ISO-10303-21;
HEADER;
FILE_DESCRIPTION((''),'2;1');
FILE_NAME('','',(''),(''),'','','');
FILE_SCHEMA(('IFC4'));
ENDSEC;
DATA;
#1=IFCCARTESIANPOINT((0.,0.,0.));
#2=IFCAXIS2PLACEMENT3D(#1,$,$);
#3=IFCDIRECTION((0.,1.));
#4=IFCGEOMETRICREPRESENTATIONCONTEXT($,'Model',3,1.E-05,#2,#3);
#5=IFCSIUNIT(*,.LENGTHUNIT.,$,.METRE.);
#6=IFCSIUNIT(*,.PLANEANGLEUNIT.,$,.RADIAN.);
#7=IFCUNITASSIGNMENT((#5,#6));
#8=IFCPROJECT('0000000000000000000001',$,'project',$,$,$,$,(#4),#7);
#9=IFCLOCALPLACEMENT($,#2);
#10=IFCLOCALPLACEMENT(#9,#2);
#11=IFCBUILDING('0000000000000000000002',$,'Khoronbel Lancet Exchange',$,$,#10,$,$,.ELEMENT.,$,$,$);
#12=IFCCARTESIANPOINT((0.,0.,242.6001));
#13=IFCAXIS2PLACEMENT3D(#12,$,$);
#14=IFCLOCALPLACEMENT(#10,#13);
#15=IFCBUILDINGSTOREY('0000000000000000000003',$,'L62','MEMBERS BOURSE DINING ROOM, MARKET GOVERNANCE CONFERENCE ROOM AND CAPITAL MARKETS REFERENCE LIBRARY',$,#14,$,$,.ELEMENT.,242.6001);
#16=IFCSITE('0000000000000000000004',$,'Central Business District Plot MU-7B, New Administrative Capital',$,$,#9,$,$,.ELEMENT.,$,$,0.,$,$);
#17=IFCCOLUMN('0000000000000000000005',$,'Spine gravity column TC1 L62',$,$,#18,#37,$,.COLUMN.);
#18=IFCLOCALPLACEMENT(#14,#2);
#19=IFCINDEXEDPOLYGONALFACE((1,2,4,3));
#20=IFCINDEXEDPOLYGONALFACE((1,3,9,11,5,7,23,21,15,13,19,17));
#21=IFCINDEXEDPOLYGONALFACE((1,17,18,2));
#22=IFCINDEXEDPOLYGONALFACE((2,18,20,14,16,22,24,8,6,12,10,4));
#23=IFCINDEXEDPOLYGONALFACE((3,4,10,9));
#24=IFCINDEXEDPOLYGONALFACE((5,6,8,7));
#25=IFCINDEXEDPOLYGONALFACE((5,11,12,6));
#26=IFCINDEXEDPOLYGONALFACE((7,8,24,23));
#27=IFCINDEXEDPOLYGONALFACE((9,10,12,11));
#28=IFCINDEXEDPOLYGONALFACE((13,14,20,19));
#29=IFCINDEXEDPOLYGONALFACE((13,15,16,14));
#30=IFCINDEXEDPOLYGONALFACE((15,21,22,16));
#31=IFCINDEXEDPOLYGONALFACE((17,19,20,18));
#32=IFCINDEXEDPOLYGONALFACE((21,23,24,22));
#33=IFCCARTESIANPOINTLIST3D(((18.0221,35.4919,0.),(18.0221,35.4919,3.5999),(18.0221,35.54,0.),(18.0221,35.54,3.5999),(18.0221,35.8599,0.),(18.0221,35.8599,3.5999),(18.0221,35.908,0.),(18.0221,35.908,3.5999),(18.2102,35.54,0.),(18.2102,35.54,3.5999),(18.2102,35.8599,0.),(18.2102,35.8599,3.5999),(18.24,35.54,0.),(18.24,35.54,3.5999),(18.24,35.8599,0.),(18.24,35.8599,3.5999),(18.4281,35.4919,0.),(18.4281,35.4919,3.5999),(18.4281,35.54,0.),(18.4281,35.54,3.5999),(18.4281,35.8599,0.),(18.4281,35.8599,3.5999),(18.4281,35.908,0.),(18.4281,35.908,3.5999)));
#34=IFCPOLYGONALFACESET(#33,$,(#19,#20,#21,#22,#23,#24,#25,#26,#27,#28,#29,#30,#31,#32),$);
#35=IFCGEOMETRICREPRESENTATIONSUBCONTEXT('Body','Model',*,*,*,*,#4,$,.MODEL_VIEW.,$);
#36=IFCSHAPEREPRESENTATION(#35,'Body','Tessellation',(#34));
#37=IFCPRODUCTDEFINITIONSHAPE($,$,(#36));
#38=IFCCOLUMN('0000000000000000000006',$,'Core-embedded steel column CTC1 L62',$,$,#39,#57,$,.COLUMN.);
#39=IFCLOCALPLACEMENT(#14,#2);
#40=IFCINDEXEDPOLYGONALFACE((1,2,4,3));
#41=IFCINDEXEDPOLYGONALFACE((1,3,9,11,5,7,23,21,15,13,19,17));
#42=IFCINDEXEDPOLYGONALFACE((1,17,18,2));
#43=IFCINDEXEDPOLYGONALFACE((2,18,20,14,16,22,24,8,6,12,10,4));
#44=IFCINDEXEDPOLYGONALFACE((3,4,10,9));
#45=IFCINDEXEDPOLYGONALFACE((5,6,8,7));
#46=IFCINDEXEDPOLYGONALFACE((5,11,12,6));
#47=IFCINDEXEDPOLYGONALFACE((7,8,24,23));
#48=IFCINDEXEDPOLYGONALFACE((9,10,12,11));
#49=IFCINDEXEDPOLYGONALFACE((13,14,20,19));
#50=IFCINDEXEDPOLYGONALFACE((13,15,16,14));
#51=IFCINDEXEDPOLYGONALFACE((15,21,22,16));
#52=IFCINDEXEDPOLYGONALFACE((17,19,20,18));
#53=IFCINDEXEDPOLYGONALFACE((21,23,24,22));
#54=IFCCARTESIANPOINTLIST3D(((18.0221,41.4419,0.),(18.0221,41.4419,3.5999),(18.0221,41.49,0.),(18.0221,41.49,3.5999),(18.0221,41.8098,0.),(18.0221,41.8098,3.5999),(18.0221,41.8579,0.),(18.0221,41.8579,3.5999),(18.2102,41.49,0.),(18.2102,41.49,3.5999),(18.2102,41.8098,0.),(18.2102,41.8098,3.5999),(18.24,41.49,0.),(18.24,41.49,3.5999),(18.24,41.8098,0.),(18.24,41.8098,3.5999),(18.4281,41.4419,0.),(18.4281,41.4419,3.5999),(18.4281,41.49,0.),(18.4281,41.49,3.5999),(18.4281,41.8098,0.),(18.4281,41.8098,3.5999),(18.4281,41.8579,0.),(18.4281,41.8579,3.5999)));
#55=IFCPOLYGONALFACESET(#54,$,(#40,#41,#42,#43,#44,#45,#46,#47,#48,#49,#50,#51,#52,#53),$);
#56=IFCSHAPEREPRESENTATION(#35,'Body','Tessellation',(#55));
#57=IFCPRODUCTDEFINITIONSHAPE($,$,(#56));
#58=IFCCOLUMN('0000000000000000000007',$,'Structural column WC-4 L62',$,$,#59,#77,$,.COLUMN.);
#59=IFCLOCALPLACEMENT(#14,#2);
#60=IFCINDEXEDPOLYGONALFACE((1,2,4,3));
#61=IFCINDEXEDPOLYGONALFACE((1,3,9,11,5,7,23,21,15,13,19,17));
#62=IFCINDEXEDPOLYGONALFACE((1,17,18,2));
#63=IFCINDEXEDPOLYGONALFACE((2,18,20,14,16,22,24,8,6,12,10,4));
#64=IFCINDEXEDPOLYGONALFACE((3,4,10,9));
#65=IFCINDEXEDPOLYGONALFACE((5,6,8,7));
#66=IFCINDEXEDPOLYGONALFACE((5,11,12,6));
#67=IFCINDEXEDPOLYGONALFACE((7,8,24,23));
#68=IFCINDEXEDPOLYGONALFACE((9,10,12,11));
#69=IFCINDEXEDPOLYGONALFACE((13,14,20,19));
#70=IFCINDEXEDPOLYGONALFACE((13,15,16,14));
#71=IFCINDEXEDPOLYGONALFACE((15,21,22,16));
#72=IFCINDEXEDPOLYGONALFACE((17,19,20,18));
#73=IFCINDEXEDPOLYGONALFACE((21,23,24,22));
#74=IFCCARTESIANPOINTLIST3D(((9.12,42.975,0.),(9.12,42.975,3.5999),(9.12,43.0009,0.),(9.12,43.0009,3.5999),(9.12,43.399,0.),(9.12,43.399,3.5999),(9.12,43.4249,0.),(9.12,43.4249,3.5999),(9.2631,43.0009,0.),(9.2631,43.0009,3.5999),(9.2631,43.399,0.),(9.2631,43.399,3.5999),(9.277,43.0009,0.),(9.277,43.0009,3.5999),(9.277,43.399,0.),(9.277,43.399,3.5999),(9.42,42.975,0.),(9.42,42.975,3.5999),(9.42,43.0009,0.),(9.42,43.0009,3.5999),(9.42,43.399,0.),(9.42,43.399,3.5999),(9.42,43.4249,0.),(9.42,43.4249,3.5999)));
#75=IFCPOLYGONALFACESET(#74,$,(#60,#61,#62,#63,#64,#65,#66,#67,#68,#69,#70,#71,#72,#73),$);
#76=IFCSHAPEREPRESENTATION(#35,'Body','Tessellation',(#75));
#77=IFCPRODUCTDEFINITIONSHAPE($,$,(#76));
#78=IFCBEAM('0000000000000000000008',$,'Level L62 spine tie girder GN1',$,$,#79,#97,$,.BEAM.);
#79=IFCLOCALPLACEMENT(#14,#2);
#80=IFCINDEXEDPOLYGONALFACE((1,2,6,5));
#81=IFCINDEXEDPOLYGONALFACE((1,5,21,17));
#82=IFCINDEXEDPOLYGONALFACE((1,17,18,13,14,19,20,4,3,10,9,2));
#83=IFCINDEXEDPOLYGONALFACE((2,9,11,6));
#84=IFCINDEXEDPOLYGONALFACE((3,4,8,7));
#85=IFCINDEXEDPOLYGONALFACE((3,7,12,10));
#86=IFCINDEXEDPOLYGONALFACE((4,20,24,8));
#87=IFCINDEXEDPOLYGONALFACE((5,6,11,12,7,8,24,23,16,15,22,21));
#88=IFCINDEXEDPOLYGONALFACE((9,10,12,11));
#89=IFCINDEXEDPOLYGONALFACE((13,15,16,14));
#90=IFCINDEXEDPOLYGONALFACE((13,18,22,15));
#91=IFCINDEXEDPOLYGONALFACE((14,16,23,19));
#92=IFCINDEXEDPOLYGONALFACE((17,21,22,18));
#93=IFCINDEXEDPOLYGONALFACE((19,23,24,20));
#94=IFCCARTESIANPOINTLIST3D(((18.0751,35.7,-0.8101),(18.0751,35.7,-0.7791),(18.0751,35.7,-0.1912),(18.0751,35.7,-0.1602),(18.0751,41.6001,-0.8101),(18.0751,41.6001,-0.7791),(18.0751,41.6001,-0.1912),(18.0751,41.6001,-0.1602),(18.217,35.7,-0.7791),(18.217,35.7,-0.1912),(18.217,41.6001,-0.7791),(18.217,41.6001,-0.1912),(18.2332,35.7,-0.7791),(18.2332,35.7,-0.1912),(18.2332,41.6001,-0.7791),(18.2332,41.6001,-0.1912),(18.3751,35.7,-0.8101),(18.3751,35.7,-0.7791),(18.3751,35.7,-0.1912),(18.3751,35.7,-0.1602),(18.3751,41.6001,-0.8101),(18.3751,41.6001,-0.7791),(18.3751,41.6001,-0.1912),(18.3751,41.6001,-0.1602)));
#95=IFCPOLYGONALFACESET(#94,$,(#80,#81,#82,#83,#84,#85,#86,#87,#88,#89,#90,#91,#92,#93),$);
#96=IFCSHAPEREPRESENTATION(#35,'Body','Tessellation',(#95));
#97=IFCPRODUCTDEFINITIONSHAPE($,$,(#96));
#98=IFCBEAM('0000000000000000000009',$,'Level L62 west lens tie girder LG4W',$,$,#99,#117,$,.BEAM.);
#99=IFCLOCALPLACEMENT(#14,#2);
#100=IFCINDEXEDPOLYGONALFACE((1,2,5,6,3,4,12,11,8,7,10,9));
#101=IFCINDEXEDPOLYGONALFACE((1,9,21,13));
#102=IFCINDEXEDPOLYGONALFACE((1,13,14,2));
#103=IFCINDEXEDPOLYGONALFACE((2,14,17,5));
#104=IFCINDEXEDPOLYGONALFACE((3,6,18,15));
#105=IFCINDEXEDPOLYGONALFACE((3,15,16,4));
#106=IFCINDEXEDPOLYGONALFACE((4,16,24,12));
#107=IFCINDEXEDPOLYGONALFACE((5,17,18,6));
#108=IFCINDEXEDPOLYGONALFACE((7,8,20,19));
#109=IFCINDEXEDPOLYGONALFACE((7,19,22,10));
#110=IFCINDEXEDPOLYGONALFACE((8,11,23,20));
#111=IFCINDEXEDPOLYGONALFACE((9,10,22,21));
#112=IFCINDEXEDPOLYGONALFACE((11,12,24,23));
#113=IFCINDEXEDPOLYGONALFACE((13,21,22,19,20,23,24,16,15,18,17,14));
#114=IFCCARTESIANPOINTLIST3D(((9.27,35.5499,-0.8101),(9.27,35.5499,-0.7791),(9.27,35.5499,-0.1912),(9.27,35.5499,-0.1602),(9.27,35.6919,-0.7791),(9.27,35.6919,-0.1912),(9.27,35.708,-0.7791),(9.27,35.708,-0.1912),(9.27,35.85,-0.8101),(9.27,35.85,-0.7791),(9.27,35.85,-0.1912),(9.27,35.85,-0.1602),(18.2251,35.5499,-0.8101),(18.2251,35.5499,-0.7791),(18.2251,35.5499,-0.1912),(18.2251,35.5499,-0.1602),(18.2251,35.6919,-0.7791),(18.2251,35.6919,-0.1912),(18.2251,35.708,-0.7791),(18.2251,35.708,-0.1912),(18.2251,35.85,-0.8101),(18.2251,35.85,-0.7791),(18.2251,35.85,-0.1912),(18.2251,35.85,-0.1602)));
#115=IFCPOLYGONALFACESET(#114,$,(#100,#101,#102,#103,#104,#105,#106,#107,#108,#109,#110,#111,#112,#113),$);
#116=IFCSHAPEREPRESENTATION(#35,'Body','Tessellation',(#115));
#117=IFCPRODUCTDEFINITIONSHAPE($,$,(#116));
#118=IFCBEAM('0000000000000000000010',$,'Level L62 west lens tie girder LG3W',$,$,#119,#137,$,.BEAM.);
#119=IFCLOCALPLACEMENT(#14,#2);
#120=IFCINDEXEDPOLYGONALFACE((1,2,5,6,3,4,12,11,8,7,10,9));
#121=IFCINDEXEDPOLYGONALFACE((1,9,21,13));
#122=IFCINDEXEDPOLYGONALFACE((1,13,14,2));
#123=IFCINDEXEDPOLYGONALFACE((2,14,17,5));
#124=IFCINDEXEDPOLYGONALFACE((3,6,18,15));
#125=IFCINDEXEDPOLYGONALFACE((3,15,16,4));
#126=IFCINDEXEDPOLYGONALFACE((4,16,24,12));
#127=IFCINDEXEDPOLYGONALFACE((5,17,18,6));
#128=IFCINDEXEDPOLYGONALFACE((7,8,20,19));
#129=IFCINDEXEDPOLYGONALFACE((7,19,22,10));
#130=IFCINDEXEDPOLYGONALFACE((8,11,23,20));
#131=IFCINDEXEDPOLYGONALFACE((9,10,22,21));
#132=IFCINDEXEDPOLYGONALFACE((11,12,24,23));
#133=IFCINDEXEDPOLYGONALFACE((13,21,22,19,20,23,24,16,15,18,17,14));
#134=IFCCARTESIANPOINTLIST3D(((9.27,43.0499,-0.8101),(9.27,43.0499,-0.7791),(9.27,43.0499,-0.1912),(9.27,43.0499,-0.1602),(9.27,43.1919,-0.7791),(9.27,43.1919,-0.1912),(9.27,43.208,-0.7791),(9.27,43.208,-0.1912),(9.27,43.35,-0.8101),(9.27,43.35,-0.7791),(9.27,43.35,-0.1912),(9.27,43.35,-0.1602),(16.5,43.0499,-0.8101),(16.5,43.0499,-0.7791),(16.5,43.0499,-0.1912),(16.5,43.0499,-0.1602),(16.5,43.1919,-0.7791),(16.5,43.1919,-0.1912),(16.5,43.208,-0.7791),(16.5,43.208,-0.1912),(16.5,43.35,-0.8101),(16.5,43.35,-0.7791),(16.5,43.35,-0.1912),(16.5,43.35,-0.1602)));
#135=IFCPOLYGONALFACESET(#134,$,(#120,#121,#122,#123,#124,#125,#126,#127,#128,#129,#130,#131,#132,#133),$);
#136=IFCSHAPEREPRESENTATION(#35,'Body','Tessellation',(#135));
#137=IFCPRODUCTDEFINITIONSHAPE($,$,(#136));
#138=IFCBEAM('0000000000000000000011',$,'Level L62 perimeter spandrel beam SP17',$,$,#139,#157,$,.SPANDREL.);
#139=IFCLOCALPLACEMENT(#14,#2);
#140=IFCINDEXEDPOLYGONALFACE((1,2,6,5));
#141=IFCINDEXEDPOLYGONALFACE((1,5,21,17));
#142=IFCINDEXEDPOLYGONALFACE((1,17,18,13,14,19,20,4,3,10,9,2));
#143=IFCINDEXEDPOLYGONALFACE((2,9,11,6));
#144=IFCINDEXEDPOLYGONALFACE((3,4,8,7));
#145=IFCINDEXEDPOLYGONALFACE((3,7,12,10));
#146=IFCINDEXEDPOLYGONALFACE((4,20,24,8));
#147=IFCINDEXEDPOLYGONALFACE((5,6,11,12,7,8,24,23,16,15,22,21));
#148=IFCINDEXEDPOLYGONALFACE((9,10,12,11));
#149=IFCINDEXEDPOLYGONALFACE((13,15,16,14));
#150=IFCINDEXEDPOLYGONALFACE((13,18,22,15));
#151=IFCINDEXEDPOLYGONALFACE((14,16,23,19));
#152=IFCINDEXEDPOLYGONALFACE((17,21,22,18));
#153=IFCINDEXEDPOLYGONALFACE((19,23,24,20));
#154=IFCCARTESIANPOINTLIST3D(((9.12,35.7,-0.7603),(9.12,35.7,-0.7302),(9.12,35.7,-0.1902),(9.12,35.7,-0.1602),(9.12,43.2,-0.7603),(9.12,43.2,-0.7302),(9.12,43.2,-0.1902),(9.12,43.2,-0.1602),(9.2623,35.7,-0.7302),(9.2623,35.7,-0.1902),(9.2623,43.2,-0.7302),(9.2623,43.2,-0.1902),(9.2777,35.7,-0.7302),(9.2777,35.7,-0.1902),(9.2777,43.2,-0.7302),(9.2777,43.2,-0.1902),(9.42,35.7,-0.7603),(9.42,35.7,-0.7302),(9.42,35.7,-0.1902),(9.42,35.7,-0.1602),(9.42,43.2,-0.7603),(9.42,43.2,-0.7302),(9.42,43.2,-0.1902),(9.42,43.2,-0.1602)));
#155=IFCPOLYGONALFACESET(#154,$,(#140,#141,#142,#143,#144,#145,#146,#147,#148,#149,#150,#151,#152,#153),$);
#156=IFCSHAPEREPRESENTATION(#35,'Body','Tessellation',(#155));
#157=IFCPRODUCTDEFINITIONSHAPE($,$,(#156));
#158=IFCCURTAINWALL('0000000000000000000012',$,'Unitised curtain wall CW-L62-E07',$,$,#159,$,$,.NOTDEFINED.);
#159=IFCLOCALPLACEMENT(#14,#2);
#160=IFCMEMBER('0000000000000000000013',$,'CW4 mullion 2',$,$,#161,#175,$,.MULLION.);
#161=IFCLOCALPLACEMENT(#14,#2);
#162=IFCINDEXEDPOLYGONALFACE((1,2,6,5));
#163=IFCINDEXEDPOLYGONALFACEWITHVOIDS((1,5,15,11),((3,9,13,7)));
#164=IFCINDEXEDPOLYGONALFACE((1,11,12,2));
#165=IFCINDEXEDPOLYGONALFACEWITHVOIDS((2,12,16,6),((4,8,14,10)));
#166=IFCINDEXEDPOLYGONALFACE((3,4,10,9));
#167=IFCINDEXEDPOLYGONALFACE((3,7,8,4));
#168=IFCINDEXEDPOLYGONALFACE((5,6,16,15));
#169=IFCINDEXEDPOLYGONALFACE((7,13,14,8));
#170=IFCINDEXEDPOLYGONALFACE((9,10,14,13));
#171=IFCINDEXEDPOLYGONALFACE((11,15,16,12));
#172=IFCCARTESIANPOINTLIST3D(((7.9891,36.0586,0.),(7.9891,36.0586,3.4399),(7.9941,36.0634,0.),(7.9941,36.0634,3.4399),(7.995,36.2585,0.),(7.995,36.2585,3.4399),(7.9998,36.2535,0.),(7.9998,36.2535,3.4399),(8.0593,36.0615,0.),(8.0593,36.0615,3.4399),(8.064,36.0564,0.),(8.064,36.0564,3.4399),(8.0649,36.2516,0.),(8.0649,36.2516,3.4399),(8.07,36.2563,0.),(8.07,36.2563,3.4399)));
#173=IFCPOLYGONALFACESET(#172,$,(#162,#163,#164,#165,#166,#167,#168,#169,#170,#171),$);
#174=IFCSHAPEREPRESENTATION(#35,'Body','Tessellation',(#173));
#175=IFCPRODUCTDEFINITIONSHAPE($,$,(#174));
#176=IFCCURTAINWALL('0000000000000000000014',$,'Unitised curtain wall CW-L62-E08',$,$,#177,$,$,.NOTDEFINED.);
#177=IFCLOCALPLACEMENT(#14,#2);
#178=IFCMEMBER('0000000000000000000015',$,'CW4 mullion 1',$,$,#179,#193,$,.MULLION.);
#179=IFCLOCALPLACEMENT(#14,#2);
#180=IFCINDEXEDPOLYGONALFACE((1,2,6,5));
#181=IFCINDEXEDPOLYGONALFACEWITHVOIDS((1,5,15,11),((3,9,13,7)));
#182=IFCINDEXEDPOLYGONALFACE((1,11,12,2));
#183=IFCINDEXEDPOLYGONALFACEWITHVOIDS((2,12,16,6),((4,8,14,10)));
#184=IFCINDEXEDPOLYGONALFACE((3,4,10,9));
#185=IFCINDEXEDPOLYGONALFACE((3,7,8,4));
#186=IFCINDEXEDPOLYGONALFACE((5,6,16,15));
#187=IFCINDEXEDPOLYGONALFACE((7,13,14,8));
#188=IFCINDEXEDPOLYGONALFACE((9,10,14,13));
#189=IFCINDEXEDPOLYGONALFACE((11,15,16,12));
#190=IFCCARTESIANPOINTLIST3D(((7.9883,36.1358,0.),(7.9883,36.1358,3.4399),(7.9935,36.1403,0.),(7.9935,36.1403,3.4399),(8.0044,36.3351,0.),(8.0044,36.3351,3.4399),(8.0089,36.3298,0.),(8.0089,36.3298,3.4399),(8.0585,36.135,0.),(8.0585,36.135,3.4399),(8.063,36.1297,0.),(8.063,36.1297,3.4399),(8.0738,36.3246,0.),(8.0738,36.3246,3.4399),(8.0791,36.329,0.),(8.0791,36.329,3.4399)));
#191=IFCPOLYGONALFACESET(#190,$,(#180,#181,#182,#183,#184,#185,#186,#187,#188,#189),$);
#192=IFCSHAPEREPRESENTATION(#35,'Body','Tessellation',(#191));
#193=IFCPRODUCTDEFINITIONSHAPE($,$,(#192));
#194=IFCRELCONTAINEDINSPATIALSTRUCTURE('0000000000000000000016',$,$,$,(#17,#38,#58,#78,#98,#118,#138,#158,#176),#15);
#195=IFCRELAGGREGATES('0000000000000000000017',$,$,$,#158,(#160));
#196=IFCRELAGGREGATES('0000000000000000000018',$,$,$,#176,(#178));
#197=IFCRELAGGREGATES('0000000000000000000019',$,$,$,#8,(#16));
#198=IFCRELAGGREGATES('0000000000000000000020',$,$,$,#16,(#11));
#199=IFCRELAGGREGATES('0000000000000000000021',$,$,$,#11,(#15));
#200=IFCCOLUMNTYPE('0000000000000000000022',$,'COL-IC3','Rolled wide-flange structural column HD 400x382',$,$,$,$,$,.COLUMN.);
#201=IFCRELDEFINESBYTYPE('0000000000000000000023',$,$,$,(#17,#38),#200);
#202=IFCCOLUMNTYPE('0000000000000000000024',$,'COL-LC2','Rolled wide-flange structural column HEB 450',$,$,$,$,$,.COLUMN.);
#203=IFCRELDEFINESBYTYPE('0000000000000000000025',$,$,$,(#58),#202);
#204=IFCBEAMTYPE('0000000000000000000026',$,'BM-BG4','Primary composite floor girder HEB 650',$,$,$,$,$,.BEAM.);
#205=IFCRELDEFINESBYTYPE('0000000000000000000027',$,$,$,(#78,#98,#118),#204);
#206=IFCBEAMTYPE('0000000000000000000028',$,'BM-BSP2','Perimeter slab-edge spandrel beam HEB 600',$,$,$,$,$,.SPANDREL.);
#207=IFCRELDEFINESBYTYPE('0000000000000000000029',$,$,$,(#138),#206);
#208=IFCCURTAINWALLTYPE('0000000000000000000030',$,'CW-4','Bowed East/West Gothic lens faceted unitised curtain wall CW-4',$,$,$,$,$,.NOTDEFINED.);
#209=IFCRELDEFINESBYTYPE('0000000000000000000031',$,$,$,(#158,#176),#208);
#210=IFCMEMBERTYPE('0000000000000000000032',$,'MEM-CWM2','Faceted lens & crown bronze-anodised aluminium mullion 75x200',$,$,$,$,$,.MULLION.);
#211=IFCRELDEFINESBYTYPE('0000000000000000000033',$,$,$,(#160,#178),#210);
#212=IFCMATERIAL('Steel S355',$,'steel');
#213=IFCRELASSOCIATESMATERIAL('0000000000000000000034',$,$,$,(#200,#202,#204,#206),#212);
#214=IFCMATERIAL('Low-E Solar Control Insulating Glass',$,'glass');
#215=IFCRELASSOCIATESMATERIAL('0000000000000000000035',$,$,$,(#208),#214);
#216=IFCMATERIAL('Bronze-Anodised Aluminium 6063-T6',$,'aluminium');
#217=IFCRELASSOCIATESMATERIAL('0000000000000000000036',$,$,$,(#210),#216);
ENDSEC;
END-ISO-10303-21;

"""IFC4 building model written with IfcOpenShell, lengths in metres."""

from ifc_helpers import new_model, si_unit, direction, frame, origin, origin_2d, place, context, subcontext, project, spatial, hollow_rectangle, i_section, extrude, material, material_profile, profile_set, type_object, element, aggregate, save


model = new_model("IFC4")

# Units and contexts
model_context = context("Model", 3, precision=1e-05, world=origin(), true_north=direction((0.0, 1.0)))
body_context = subcontext(model_context, "Body", "Model", "MODEL_VIEW")
ifc_project = project(units=[si_unit("LENGTHUNIT", "METRE"), si_unit("PLANEANGLEUNIT", "RADIAN")], contexts=[model_context])

# Site, building, storey
site_placement = place(None, origin())
site = spatial("IfcSite", under=ifc_project, at=site_placement, Name="Central Business District Plot MU-7B, New Administrative Capital", CompositionType="ELEMENT", RefElevation=0.0)
building_placement = place(site_placement, origin())
building = spatial("IfcBuilding", under=site, at=building_placement, Name="Khoronbel Lancet Exchange", CompositionType="ELEMENT")
storey_placement = place(building_placement, frame((0.0, 0.0, 242.6001)))
storey = spatial("IfcBuildingStorey", under=building, at=storey_placement, Name="L62", Description="MEMBERS BOURSE DINING ROOM, MARKET GOVERNANCE CONFERENCE ROOM AND CAPITAL MARKETS REFERENCE LIBRARY", CompositionType="ELEMENT", Elevation=242.6001)

# Columns
ifc_material_1 = material(Name="Steel S355", Category="steel")
ifc_material_profile_1 = material_profile(ifc_material_1, i_section(OverallWidth=0.406, OverallDepth=0.416, WebThickness=0.0298, FlangeThickness=0.0481, at=origin_2d()), Name="HD 400x382")
ifc_profile_set_1 = profile_set([ifc_material_profile_1], Name="Steel S355")
column_type_1 = type_object("IfcColumnType", Name="COL-IC3", Description="Rolled wide-flange structural column HD 400x382", PredefinedType="COLUMN", material=ifc_profile_set_1)
for number, where, z_axis, x_axis, name in (
    (1, (18.2251, 35.7, 0.0), (0.0, 0.0, 1.0), (1.0, 0.0, 0.0), "Spine gravity column TC1 L62"),
    (2, (18.2251, 41.6499, 0.0), (0.0, 0.0, 1.0), (1.0, 0.0, 0.0), "Core-embedded steel column CTC1 L62"),
):
    element("IfcColumn", number, at=place(storey_placement, frame(where, z_axis=z_axis, x_axis=x_axis)), inside=storey, type_object=column_type_1, Name=name, PredefinedType="COLUMN", context=body_context, shape_type="SweptSolid", body=[
        extrude(i_section(OverallWidth=0.406, OverallDepth=0.416, WebThickness=0.0298, FlangeThickness=0.0481, at=origin_2d()), origin(), (0.0, 0.0, 1.0), 3.5999),
    ])
ifc_material_profile_2 = material_profile(ifc_material_1, i_section(OverallWidth=0.3, OverallDepth=0.45, WebThickness=0.0139, FlangeThickness=0.0259, at=origin_2d()), Name="HEB 450")
ifc_profile_set_2 = profile_set([ifc_material_profile_2], Name="Steel S355")
column_type_2 = type_object("IfcColumnType", Name="COL-LC2", Description="Rolled wide-flange structural column HEB 450", PredefinedType="COLUMN", material=ifc_profile_set_2)
column_placement = place(storey_placement, frame((9.27, 43.2, 0.0), z_axis=(0.0, 0.0, 1.0), x_axis=(1.0, 0.0, 0.0)))
element("IfcColumn", 3, at=column_placement, inside=storey, type_object=column_type_2, Name="Structural column WC-4 L62", PredefinedType="COLUMN", context=body_context, shape_type="SweptSolid", body=[
    extrude(i_section(OverallWidth=0.3, OverallDepth=0.45, WebThickness=0.0139, FlangeThickness=0.0259, at=origin_2d()), origin(), (0.0, 0.0, 1.0), 3.5999),
])

# Beams
ifc_material_profile_3 = material_profile(ifc_material_1, i_section(OverallWidth=0.3, OverallDepth=0.6499, WebThickness=0.0161, FlangeThickness=0.031, at=origin_2d()), Name="HEB 650")
ifc_profile_set_3 = profile_set([ifc_material_profile_3], Name="Steel S355")
beam_type_1 = type_object("IfcBeamType", Name="BM-BG4", Description="Primary composite floor girder HEB 650", PredefinedType="BEAM", material=ifc_profile_set_3)
beam_1_placement = place(storey_placement, frame((18.2251, 35.7, -0.4851), z_axis=(0.0, 1.0, 0.0), x_axis=(-1.0, 0.0, 0.0)))
element("IfcBeam", 4, at=beam_1_placement, inside=storey, type_object=beam_type_1, Name="Level L62 spine tie girder GN1", PredefinedType="BEAM", context=body_context, shape_type="SweptSolid", body=[
    extrude(i_section(OverallWidth=0.3, OverallDepth=0.6499, WebThickness=0.0161, FlangeThickness=0.031, at=origin_2d()), origin(), (0.0, 0.0, 1.0), 5.9001),
])
beam_2_placement = place(storey_placement, frame((9.27, 35.7, -0.4851), z_axis=(1.0, 0.0, 0.0), x_axis=(0.0, 1.0, 0.0)))
element("IfcBeam", 5, at=beam_2_placement, inside=storey, type_object=beam_type_1, Name="Level L62 west lens tie girder LG4W", PredefinedType="BEAM", context=body_context, shape_type="SweptSolid", body=[
    extrude(i_section(OverallWidth=0.3, OverallDepth=0.6499, WebThickness=0.0161, FlangeThickness=0.031, at=origin_2d()), origin(), (0.0, 0.0, 1.0), 8.9551),
])
beam_3_placement = place(storey_placement, frame((9.27, 43.2, -0.4851), z_axis=(1.0, 0.0, 0.0), x_axis=(0.0, 1.0, 0.0)))
element("IfcBeam", 6, at=beam_3_placement, inside=storey, type_object=beam_type_1, Name="Level L62 west lens tie girder LG3W", PredefinedType="BEAM", context=body_context, shape_type="SweptSolid", body=[
    extrude(i_section(OverallWidth=0.3, OverallDepth=0.6499, WebThickness=0.0161, FlangeThickness=0.031, at=origin_2d()), origin(), (0.0, 0.0, 1.0), 7.23),
])
ifc_material_profile_4 = material_profile(ifc_material_1, i_section(OverallWidth=0.3, OverallDepth=0.6001, WebThickness=0.0154, FlangeThickness=0.03, at=origin_2d()), Name="HEB 600")
ifc_profile_set_4 = profile_set([ifc_material_profile_4], Name="Steel S355")
beam_type_2 = type_object("IfcBeamType", Name="BM-BSP2", Description="Perimeter slab-edge spandrel beam HEB 600", PredefinedType="SPANDREL", material=ifc_profile_set_4)
beam_4_placement = place(storey_placement, frame((9.27, 43.2, -0.4602), z_axis=(0.0, -1.0, 0.0), x_axis=(1.0, 0.0, 0.0)))
element("IfcBeam", 7, at=beam_4_placement, inside=storey, type_object=beam_type_2, Name="Level L62 perimeter spandrel beam SP17", PredefinedType="SPANDREL", context=body_context, shape_type="SweptSolid", body=[
    extrude(i_section(OverallWidth=0.3, OverallDepth=0.6001, WebThickness=0.0154, FlangeThickness=0.03, at=origin_2d()), origin(), (0.0, 0.0, 1.0), 7.5),
])

# Curtain wall, member
ifc_material_2 = material(Name="Low-E Solar Control Insulating Glass", Category="glass")
curtain_wall_type = type_object("IfcCurtainWallType", Name="CW-4", Description="Bowed East/West Gothic lens faceted unitised curtain wall CW-4", PredefinedType="NOTDEFINED", material=ifc_material_2)
curtain_wall_1_placement = place(storey_placement, origin())
curtain_wall_1 = element("IfcCurtainWall", 8, at=curtain_wall_1_placement, inside=storey, type_object=curtain_wall_type, Name="Unitised curtain wall CW-L62-E07", PredefinedType="NOTDEFINED")
ifc_material_3 = material(Name="Bronze-Anodised Aluminium 6063-T6", Category="aluminium")
ifc_material_profile_5 = material_profile(ifc_material_3, hollow_rectangle(XDim=0.075, YDim=0.2, WallThickness=0.0049, at=origin_2d()), Name="ALU MULLION 75x200")
ifc_profile_set_5 = profile_set([ifc_material_profile_5], Name="Bronze-Anodised Aluminium 6063-T6")
member_type_1 = type_object("IfcMemberType", Name="MEM-CWM2", Description="Faceted lens & crown bronze-anodised aluminium mullion 75x200", PredefinedType="MULLION", material=ifc_profile_set_5)
member_1_placement = place(storey_placement, frame((8.0295, 36.1575, 0.0), z_axis=(0.0, 0.0, 1.0), x_axis=(-0.999561, 0.029618, 0.0)))
member_1 = element("IfcMember", 9, at=member_1_placement, type_object=member_type_1, Name="CW4 mullion 2", PredefinedType="MULLION", context=body_context, shape_type="SweptSolid", body=[
    extrude(hollow_rectangle(XDim=0.075, YDim=0.2, WallThickness=0.0049, at=origin_2d()), origin(), (0.0, 0.0, 1.0), 3.4399),
])
aggregate(curtain_wall_1, [member_1])

# Curtain wall, member
curtain_wall_2_placement = place(storey_placement, origin())
curtain_wall_2 = element("IfcCurtainWall", 10, at=curtain_wall_2_placement, inside=storey, type_object=curtain_wall_type, Name="Unitised curtain wall CW-L62-E08", PredefinedType="NOTDEFINED")
member_2_placement = place(storey_placement, frame((8.0337, 36.2324, 0.0), z_axis=(0.0, 0.0, 1.0), x_axis=(-0.996743, 0.08064, 0.0)))
member_2 = element("IfcMember", 11, at=member_2_placement, type_object=member_type_1, Name="CW4 mullion 1", PredefinedType="MULLION", context=body_context, shape_type="SweptSolid", body=[
    extrude(hollow_rectangle(XDim=0.075, YDim=0.2, WallThickness=0.0049, at=origin_2d()), origin(), (0.0, 0.0, 1.0), 3.4399),
])

aggregate(curtain_wall_2, [member_2])

save(model, "model.ifc")
